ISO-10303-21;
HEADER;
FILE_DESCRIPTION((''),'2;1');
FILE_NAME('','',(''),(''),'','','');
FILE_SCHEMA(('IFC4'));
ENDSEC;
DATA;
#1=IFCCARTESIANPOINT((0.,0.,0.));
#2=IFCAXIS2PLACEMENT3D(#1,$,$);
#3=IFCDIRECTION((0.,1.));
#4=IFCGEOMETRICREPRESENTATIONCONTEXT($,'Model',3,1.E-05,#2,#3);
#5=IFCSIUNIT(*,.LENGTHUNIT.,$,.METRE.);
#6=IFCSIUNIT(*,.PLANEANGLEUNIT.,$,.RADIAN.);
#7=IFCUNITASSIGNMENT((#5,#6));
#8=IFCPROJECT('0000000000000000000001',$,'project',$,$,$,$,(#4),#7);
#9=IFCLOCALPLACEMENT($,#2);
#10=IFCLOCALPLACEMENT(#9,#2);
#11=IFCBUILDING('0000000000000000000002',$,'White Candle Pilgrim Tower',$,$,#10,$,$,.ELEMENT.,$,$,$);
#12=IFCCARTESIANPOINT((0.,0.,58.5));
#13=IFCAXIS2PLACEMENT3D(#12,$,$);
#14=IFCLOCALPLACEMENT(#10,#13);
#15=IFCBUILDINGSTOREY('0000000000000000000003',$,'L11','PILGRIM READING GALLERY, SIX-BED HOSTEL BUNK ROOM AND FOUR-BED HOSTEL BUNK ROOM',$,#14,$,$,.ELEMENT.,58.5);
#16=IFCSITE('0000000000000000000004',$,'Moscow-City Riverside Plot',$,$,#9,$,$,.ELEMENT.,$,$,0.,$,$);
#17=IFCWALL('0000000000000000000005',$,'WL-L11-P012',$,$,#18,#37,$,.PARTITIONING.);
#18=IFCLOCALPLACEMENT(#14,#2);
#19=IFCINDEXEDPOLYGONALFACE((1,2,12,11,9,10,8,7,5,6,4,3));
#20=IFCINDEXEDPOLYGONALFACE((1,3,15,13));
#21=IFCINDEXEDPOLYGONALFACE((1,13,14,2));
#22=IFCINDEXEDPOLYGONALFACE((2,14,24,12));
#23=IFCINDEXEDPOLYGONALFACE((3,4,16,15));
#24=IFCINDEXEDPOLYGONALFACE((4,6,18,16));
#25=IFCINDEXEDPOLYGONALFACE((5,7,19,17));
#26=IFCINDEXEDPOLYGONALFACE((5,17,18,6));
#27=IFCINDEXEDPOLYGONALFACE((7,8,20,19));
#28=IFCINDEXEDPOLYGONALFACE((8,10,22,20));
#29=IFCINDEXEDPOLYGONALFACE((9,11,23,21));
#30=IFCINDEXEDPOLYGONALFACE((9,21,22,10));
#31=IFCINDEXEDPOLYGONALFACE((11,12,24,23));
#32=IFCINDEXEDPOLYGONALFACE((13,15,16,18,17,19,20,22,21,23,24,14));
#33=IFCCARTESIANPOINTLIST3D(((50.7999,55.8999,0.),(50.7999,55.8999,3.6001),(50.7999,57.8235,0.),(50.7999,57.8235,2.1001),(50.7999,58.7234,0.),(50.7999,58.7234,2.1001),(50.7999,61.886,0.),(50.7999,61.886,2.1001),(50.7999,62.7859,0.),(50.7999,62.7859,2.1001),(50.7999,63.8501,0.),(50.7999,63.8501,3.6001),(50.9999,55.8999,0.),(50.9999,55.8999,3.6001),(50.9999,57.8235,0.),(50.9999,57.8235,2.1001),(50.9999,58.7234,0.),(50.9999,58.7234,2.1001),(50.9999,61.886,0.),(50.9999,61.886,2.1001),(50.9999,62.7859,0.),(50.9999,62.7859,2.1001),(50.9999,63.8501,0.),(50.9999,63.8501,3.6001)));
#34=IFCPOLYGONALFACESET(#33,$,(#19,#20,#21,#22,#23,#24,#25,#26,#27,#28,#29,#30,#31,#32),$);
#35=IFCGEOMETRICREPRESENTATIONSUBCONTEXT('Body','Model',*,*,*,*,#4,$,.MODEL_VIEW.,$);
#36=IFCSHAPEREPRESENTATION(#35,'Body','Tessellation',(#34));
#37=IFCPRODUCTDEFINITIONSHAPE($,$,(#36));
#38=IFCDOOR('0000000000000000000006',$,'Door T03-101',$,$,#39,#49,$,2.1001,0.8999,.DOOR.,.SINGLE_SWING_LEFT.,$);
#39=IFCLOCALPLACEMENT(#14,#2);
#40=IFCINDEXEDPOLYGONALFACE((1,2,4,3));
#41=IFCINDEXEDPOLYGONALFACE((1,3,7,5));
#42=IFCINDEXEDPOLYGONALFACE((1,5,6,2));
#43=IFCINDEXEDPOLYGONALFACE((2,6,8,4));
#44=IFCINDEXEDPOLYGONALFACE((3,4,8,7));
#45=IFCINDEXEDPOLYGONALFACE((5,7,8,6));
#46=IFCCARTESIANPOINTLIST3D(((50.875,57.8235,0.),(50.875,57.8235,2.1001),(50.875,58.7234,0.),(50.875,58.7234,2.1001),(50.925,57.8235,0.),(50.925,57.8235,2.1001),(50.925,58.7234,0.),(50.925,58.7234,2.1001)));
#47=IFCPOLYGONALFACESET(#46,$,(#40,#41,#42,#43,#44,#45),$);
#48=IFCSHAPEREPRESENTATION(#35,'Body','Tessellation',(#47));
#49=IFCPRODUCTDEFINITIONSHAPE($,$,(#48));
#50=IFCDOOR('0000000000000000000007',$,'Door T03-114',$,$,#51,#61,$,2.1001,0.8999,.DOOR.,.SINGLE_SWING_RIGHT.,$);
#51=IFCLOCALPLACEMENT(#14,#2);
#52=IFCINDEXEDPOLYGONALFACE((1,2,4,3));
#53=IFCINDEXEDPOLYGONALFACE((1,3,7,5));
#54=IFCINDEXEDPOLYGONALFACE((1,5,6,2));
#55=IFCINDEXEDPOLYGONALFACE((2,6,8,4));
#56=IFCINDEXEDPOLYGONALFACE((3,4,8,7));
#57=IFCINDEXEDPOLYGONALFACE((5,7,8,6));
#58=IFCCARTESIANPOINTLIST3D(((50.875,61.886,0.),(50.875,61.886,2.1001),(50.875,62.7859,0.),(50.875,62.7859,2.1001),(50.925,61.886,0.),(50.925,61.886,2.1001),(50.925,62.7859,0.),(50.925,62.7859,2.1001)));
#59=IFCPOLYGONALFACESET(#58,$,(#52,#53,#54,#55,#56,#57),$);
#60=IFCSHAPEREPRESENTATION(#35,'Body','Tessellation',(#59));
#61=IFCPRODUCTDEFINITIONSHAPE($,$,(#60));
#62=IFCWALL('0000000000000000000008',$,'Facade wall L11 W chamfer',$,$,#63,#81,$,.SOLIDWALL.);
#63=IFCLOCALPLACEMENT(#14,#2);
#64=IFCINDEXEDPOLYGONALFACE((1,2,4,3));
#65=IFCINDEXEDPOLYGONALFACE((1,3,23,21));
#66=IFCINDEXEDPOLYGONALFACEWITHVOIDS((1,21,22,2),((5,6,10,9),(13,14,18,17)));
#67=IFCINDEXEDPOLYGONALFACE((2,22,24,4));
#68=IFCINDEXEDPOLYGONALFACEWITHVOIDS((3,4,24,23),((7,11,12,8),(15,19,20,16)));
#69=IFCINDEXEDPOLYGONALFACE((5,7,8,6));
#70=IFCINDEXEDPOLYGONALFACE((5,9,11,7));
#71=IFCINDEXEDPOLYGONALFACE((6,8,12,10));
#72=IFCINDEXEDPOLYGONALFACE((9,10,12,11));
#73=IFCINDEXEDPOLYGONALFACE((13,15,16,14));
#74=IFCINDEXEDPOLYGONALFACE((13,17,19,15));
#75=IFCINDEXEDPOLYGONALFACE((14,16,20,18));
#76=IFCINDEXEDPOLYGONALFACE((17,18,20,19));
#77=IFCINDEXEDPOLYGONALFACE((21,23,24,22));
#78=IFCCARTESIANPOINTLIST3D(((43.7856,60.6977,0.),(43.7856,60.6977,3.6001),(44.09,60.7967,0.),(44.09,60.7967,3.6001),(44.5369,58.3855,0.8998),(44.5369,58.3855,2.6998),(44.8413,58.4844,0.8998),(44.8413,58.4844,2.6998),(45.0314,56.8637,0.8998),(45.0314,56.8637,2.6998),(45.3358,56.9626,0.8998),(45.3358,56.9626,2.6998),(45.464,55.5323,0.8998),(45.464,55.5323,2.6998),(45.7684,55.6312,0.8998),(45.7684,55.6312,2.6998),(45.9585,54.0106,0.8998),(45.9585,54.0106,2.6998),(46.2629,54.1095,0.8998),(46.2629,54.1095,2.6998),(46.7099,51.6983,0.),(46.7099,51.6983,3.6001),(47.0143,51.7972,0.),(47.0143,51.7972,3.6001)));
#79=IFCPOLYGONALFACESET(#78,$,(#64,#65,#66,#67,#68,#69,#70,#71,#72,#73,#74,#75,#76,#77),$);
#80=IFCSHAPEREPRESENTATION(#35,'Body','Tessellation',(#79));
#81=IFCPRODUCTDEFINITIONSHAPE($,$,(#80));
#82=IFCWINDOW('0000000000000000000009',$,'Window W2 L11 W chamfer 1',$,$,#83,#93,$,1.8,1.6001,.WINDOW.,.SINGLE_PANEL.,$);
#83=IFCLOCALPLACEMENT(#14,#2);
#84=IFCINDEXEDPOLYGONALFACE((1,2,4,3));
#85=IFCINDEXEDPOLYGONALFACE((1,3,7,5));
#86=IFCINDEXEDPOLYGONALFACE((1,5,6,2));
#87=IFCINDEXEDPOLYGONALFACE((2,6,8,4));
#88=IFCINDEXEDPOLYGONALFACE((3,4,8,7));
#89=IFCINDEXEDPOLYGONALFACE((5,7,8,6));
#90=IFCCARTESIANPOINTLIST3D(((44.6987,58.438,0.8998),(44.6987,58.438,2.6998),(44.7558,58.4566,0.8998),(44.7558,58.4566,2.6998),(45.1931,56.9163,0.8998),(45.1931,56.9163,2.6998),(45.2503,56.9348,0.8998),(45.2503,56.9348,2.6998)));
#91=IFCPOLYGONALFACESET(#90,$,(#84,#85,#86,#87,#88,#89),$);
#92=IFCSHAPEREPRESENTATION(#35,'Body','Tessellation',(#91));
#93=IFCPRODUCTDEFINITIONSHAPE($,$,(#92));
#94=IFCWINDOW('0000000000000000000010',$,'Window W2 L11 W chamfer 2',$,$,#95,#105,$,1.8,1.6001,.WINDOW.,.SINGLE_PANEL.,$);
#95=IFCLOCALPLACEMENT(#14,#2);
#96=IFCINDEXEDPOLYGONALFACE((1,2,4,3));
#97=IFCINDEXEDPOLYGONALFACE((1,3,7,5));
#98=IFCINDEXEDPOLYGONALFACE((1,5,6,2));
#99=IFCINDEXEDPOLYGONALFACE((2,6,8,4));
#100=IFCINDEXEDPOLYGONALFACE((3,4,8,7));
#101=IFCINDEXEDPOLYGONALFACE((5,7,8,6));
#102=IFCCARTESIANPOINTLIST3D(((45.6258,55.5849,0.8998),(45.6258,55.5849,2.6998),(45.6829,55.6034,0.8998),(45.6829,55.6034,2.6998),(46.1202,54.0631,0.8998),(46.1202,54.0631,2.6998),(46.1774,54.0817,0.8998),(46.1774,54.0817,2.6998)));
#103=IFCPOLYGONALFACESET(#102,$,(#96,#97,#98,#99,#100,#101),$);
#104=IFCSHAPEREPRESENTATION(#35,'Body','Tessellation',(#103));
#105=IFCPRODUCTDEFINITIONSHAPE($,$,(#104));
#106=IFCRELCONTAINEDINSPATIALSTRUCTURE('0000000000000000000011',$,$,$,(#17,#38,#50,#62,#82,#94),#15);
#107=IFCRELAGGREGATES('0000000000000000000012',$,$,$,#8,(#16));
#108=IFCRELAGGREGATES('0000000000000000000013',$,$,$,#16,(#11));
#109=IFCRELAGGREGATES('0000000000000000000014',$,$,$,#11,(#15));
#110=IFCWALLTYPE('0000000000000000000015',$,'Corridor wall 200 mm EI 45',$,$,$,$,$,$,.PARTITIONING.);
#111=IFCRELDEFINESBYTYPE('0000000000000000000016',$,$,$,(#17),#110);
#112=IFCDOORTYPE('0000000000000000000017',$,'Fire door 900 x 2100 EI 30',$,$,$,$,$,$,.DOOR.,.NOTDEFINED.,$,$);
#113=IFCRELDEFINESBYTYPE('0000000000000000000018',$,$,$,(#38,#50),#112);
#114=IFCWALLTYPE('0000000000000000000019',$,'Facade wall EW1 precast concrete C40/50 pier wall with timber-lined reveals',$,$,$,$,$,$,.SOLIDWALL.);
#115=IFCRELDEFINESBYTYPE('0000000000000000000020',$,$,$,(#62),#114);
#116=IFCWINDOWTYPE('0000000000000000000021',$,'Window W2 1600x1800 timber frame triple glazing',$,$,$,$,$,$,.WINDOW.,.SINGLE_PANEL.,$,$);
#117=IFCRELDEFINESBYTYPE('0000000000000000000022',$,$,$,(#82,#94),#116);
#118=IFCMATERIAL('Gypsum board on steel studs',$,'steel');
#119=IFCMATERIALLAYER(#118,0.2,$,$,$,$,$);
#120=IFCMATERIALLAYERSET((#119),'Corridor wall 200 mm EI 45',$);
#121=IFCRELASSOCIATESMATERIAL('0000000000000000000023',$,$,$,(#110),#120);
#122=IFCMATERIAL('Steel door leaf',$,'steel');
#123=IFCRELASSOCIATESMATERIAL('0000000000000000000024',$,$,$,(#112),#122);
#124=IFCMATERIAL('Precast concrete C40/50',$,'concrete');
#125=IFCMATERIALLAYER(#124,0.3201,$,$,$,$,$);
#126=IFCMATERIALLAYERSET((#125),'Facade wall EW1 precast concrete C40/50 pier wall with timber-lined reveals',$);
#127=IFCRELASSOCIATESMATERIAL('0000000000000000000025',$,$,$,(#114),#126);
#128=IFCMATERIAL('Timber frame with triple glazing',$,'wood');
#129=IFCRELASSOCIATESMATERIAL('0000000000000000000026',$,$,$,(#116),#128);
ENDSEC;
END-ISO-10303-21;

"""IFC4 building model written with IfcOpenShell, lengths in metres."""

from ifc_helpers import new_model, si_unit, direction, frame, frame_2d, origin, place, context, subcontext, project, spatial, rectangle, extrude, material, layer, layer_set, type_object, element, fill, save


model = new_model("IFC4")

# Units and contexts
model_context = context("Model", 3, precision=1e-05, world=origin(), true_north=direction((0.0, 1.0)))
body_context = subcontext(model_context, "Body", "Model", "MODEL_VIEW")
ifc_project = project(units=[si_unit("LENGTHUNIT", "METRE"), si_unit("PLANEANGLEUNIT", "RADIAN")], contexts=[model_context])

# Site, building, storey
site_placement = place(None, origin())
site = spatial("IfcSite", under=ifc_project, at=site_placement, Name="Moscow-City Riverside Plot", CompositionType="ELEMENT", RefElevation=0.0)
building_placement = place(site_placement, origin())
building = spatial("IfcBuilding", under=site, at=building_placement, Name="White Candle Pilgrim Tower", CompositionType="ELEMENT")
storey_placement = place(building_placement, frame((0.0, 0.0, 58.5)))
storey = spatial("IfcBuildingStorey", under=building, at=storey_placement, Name="L11", Description="PILGRIM READING GALLERY, SIX-BED HOSTEL BUNK ROOM AND FOUR-BED HOSTEL BUNK ROOM", CompositionType="ELEMENT", Elevation=58.5)

# Wall, openings, doors
ifc_material_1 = material(Name="Gypsum board on steel studs", Category="steel")
ifc_layer_1 = layer(ifc_material_1, 0.2)
ifc_layer_set_1 = layer_set([ifc_layer_1], Name="Corridor wall 200 mm EI 45")
wall_type_1 = type_object("IfcWallType", Name="Corridor wall 200 mm EI 45", PredefinedType="PARTITIONING", material=ifc_layer_set_1)
wall_1_placement = place(storey_placement, frame((50.8999, 55.8999, 0.0), z_axis=(0.0, 0.0, 1.0), x_axis=(0.0, 1.0, 0.0)))
wall_1 = element("IfcWall", 1, at=wall_1_placement, inside=storey, type_object=wall_type_1, Name="WL-L11-P012", PredefinedType="PARTITIONING", context=body_context, shape_type="SweptSolid", body=[
    extrude(rectangle(XDim=7.9502, YDim=0.2, at=frame_2d((3.9751, 0.0))), origin(), (0.0, 0.0, 1.0), 3.6001),
])
opening_1_placement = place(wall_1_placement, frame((1.9236, 0.0, 0.0)))
opening_1 = element("IfcOpeningElement", 2, at=opening_1_placement, cuts=wall_1, PredefinedType="OPENING", context=body_context, shape_type="SweptSolid", body=[
    extrude(rectangle(XDim=0.8999, YDim=2.1001, at=frame_2d((0.45, 1.05))), frame((0.0, 0.1099, 0.0), z_axis=(0.0, -1.0, 0.0), x_axis=(1.0, 0.0, 0.0)), (0.0, 0.0, 1.0), 0.22),
])
opening_2_placement = place(wall_1_placement, frame((5.9861, 0.0, 0.0)))
opening_2 = element("IfcOpeningElement", 3, at=opening_2_placement, cuts=wall_1, PredefinedType="OPENING", context=body_context, shape_type="SweptSolid", body=[
    extrude(rectangle(XDim=0.8999, YDim=2.1001, at=frame_2d((0.45, 1.05))), frame((0.0, 0.1099, 0.0), z_axis=(0.0, -1.0, 0.0), x_axis=(1.0, 0.0, 0.0)), (0.0, 0.0, 1.0), 0.22),
])
ifc_material_2 = material(Name="Steel door leaf", Category="steel")
door_type = type_object("IfcDoorType", Name="Fire door 900 x 2100 EI 30", OperationType="NOTDEFINED", PredefinedType="DOOR", material=ifc_material_2)
door_1_placement = place(opening_1_placement, origin())
door_1 = element("IfcDoor", 4, at=door_1_placement, inside=storey, type_object=door_type, Name="Door T03-101", OperationType="SINGLE_SWING_LEFT", OverallHeight=2.1001, OverallWidth=0.8999, PredefinedType="DOOR", context=body_context, shape_type="SweptSolid", body=[
    extrude(rectangle(XDim=0.8999, YDim=2.1001, at=frame_2d((0.45, 1.05))), frame((0.0, 0.0249, 0.0), z_axis=(0.0, -1.0, 0.0), x_axis=(1.0, 0.0, 0.0)), (0.0, 0.0, 1.0), 0.05),
])
fill(opening_1, door_1)
door_2_placement = place(opening_2_placement, origin())
door_2 = element("IfcDoor", 5, at=door_2_placement, inside=storey, type_object=door_type, Name="Door T03-114", OperationType="SINGLE_SWING_RIGHT", OverallHeight=2.1001, OverallWidth=0.8999, PredefinedType="DOOR", context=body_context, shape_type="SweptSolid", body=[
    extrude(rectangle(XDim=0.8999, YDim=2.1001, at=frame_2d((0.45, 1.05))), frame((0.0, 0.0249, 0.0), z_axis=(0.0, -1.0, 0.0), x_axis=(1.0, 0.0, 0.0)), (0.0, 0.0, 1.0), 0.05),
])
fill(opening_2, door_2)

# Wall, openings, windows
ifc_material_3 = material(Name="Precast concrete C40/50", Category="concrete")
ifc_layer_2 = layer(ifc_material_3, 0.3201)
ifc_layer_set_2 = layer_set([ifc_layer_2], Name="Facade wall EW1 precast concrete C40/50 pier wall with timber-lined reveals")
wall_type_2 = type_object("IfcWallType", Name="Facade wall EW1 precast concrete C40/50 pier wall with timber-lined reveals", PredefinedType="SOLIDWALL", material=ifc_layer_set_2)
wall_2_placement = place(storey_placement, frame((43.9377, 60.7473, 0.0), z_axis=(0.0, 0.0, 1.0), x_axis=(0.309036, -0.95105, 0.0)))
wall_2 = element("IfcWall", 6, at=wall_2_placement, inside=storey, type_object=wall_type_2, Name="Facade wall L11 W chamfer", PredefinedType="SOLIDWALL", context=body_context, shape_type="SweptSolid", body=[
    extrude(rectangle(XDim=9.4626, YDim=0.3201, at=frame_2d((4.7314, 0.0))), origin(), (0.0, 0.0, 1.0), 3.6001),
])
opening_3_placement = place(wall_2_placement, frame((2.4314, 0.0, 0.8999)))
opening_3 = element("IfcOpeningElement", 7, at=opening_3_placement, cuts=wall_2, PredefinedType="OPENING", context=body_context, shape_type="SweptSolid", body=[
    extrude(rectangle(XDim=1.6001, YDim=1.8, at=frame_2d((0.8, 0.8999))), frame((0.0, 0.1699, 0.0), z_axis=(0.0, -1.0, 0.0), x_axis=(1.0, 0.0, 0.0)), (0.0, 0.0, 1.0), 0.3401),
])
opening_4_placement = place(wall_2_placement, frame((5.4314, 0.0, 0.8999)))
opening_4 = element("IfcOpeningElement", 8, at=opening_4_placement, cuts=wall_2, PredefinedType="OPENING", context=body_context, shape_type="SweptSolid", body=[
    extrude(rectangle(XDim=1.6001, YDim=1.8, at=frame_2d((0.8, 0.8999))), frame((0.0, 0.1699, 0.0), z_axis=(0.0, -1.0, 0.0), x_axis=(1.0, 0.0, 0.0)), (0.0, 0.0, 1.0), 0.3401),
])
ifc_material_4 = material(Name="Timber frame with triple glazing", Category="wood")
window_type_1 = type_object("IfcWindowType", Name="Window W2 1600x1800 timber frame triple glazing", PartitioningType="SINGLE_PANEL", PredefinedType="WINDOW", material=ifc_material_4)
window_1_placement = place(opening_3_placement, origin())
window_1 = element("IfcWindow", 9, at=window_1_placement, inside=storey, type_object=window_type_1, Name="Window W2 L11 W chamfer 1", OverallHeight=1.8, OverallWidth=1.6001, PartitioningType="SINGLE_PANEL", PredefinedType="WINDOW", context=body_context, shape_type="SweptSolid", body=[
    extrude(rectangle(XDim=1.6001, YDim=1.8, at=frame_2d((0.8, 0.8999))), frame((0.0, 0.0701, 0.0), z_axis=(0.0, -1.0, 0.0), x_axis=(1.0, 0.0, 0.0)), (0.0, 0.0, 1.0), 0.0601),
])
fill(opening_3, window_1)
window_2_placement = place(opening_4_placement, origin())
window_2 = element("IfcWindow", 10, at=window_2_placement, inside=storey, type_object=window_type_1, Name="Window W2 L11 W chamfer 2", OverallHeight=1.8, OverallWidth=1.6001, PartitioningType="SINGLE_PANEL", PredefinedType="WINDOW", context=body_context, shape_type="SweptSolid", body=[
    extrude(rectangle(XDim=1.6001, YDim=1.8, at=frame_2d((0.8, 0.8999))), frame((0.0, 0.0701, 0.0), z_axis=(0.0, -1.0, 0.0), x_axis=(1.0, 0.0, 0.0)), (0.0, 0.0, 1.0), 0.0601),
])
fill(opening_4, window_2)

save(model, "model.ifc")
